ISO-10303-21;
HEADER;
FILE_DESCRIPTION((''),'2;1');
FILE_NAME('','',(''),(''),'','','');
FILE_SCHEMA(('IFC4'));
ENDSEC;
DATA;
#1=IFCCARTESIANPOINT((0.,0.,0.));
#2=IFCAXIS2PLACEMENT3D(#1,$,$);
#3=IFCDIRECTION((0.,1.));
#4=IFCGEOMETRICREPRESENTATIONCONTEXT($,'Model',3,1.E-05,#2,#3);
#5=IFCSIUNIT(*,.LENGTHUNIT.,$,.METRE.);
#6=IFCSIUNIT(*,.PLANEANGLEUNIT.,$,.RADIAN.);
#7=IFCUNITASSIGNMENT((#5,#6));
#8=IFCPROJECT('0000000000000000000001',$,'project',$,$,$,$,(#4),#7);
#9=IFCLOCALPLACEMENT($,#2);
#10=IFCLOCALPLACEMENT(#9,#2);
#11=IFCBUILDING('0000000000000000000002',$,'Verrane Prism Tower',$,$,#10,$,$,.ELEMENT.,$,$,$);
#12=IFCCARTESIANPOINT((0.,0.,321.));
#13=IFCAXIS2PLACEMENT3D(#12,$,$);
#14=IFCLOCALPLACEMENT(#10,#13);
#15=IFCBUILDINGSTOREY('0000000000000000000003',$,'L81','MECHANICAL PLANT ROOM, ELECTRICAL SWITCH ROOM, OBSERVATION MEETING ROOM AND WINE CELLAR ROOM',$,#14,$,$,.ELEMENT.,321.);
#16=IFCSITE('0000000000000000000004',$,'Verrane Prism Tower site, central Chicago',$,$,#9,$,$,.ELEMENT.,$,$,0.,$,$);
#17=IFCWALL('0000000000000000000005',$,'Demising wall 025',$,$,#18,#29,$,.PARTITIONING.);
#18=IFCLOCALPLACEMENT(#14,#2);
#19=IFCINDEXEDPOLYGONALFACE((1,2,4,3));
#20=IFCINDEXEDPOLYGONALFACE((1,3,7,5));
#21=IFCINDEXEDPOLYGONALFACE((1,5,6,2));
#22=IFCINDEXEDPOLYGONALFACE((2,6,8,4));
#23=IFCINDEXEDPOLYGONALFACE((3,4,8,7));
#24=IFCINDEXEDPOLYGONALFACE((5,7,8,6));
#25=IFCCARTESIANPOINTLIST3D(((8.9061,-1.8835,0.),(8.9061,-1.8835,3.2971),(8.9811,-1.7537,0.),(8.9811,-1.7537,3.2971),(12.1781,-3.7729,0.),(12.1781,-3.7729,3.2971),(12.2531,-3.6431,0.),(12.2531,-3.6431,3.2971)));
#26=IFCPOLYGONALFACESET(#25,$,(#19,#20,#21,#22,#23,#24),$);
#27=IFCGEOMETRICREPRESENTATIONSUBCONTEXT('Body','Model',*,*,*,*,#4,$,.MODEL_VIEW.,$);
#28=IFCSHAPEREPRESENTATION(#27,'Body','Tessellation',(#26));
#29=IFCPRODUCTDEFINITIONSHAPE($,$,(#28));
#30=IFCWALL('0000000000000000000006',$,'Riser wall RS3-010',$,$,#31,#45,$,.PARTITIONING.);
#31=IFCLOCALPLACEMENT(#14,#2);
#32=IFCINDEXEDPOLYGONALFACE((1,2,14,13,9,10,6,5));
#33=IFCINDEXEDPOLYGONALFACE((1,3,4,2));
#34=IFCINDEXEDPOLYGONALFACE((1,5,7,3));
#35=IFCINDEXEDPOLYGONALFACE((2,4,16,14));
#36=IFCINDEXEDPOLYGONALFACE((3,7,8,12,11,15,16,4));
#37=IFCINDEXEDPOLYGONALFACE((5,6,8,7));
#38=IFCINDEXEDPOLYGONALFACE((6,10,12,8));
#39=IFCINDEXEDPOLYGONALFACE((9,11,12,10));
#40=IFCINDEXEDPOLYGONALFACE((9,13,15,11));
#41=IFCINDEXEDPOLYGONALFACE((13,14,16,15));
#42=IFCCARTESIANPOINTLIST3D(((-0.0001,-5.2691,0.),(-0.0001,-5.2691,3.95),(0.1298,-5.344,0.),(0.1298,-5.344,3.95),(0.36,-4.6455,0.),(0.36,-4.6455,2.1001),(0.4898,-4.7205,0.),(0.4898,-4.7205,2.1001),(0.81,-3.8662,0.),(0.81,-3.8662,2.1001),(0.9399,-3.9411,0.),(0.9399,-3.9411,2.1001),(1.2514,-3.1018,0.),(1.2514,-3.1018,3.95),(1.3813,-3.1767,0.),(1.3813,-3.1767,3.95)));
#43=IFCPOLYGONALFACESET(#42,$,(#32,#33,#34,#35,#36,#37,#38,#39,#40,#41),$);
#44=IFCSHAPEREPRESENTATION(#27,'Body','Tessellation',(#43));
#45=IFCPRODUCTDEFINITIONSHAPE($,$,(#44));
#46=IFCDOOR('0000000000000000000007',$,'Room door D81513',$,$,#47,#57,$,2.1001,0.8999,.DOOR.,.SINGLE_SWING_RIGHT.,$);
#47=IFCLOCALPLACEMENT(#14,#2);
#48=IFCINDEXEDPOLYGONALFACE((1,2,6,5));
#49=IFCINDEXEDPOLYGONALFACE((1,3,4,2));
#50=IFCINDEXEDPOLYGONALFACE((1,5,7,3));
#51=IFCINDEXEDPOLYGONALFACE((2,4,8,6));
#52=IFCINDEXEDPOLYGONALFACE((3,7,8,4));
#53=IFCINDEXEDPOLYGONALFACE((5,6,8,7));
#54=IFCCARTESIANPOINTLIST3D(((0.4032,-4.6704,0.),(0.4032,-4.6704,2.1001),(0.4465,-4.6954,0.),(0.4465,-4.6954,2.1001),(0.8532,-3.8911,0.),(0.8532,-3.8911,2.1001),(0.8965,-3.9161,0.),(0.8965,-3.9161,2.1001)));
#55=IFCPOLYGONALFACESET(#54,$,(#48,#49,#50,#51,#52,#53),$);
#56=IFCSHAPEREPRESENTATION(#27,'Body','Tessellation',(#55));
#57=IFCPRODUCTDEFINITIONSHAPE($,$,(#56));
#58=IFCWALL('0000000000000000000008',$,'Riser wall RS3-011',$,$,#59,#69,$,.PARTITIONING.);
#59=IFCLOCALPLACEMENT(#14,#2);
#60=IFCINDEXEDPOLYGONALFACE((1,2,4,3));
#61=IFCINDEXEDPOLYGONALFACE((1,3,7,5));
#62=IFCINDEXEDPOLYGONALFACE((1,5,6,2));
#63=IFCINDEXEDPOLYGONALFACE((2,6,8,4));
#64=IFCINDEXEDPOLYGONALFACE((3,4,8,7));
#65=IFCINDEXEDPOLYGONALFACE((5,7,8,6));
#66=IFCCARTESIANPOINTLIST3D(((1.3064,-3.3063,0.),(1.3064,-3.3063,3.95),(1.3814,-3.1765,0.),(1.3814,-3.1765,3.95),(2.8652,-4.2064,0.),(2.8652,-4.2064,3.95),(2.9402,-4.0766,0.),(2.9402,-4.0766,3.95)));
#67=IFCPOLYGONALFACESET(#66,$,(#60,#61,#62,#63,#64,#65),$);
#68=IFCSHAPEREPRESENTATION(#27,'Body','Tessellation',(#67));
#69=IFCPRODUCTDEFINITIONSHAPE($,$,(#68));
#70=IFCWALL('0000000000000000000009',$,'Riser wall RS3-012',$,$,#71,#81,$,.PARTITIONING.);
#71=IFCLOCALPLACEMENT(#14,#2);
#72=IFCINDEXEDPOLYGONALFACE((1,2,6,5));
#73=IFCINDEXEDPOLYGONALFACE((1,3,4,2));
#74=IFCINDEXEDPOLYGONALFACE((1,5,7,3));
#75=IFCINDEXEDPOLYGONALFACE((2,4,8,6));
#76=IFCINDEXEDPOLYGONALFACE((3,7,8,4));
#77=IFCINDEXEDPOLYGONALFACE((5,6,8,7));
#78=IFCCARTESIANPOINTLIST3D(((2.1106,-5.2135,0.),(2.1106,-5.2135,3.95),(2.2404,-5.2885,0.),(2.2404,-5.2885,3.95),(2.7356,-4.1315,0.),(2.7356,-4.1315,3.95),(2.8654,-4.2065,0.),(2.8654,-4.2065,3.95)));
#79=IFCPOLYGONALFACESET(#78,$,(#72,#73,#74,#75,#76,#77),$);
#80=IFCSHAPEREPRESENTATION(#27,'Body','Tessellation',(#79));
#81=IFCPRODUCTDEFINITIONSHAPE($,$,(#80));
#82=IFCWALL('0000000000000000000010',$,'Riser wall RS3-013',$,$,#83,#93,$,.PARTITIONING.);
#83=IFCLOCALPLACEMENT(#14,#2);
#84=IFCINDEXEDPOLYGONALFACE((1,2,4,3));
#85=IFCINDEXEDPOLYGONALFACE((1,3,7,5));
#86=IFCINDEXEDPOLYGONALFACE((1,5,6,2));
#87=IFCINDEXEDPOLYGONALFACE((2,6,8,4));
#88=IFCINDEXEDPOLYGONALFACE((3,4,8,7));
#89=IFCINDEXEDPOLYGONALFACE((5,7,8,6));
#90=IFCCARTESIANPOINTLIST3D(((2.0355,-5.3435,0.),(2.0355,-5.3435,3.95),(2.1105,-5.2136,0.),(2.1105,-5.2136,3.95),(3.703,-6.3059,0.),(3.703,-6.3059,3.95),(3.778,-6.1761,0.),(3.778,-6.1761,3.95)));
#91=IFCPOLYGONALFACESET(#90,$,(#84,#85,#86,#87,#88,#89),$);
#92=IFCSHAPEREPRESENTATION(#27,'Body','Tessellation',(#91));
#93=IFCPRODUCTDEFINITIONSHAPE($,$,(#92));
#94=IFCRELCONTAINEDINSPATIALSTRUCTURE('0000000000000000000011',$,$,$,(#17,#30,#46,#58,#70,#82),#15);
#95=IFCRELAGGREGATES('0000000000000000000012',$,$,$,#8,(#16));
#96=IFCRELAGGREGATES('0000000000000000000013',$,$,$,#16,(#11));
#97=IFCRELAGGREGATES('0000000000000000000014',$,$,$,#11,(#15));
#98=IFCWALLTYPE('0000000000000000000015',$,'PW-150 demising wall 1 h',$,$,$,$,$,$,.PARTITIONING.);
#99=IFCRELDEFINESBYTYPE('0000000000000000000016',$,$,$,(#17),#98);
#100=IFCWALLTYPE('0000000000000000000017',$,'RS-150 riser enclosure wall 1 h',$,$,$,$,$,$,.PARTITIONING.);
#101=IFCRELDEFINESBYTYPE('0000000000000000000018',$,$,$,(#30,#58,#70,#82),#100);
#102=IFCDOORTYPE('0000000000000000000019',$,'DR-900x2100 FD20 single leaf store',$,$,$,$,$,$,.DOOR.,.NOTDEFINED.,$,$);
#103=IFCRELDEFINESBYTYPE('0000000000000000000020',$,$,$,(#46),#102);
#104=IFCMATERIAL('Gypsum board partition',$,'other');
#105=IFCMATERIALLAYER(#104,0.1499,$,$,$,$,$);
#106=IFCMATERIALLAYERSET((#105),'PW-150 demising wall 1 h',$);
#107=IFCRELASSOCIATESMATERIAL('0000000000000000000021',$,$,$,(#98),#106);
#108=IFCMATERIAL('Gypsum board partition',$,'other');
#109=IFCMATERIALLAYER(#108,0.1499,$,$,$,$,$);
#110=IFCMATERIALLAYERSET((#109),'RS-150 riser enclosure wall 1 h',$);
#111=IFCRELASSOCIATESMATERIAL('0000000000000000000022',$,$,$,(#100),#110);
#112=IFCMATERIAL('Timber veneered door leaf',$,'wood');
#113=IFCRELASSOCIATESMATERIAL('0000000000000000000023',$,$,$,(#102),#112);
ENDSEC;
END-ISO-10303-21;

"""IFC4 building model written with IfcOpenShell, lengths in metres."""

from ifc_helpers import new_model, si_unit, direction, frame, frame_2d, origin, place, context, subcontext, project, spatial, rectangle, extrude, material, layer, layer_set, type_object, element, fill, save


model = new_model("IFC4")

# Units and contexts
model_context = context("Model", 3, precision=1e-05, world=origin(), true_north=direction((0.0, 1.0)))
body_context = subcontext(model_context, "Body", "Model", "MODEL_VIEW")
ifc_project = project(units=[si_unit("LENGTHUNIT", "METRE"), si_unit("PLANEANGLEUNIT", "RADIAN")], contexts=[model_context])

# Site, building, storey
site_placement = place(None, origin())
site = spatial("IfcSite", under=ifc_project, at=site_placement, Name="Verrane Prism Tower site, central Chicago", CompositionType="ELEMENT", RefElevation=0.0)
building_placement = place(site_placement, origin())
building = spatial("IfcBuilding", under=site, at=building_placement, Name="Verrane Prism Tower", CompositionType="ELEMENT")
storey_placement = place(building_placement, frame((0.0, 0.0, 321.0)))
storey = spatial("IfcBuildingStorey", under=building, at=storey_placement, Name="L81", Description="MECHANICAL PLANT ROOM, ELECTRICAL SWITCH ROOM, OBSERVATION MEETING ROOM AND WINE CELLAR ROOM", CompositionType="ELEMENT", Elevation=321.0)

# Wall
ifc_material_1 = material(Name="Gypsum board partition", Category="other")
ifc_layer_1 = layer(ifc_material_1, 0.1499)
ifc_layer_set_1 = layer_set([ifc_layer_1], Name="PW-150 demising wall 1 h")
wall_type_1 = type_object("IfcWallType", Name="PW-150 demising wall 1 h", PredefinedType="PARTITIONING", material=ifc_layer_set_1)
wall_1_placement = place(storey_placement, frame((8.9436, -1.8186, 0.0), z_axis=(0.0, 0.0, 1.0), x_axis=(0.865988, -0.500066, 0.0)))
element("IfcWall", 1, at=wall_1_placement, inside=storey, type_object=wall_type_1, Name="Demising wall 025", PredefinedType="PARTITIONING", context=body_context, shape_type="SweptSolid", body=[
    extrude(rectangle(XDim=3.7783, YDim=0.1499, at=frame_2d((1.8892, 0.0))), origin(), (0.0, 0.0, 1.0), 3.2971),
])

# Wall, opening, door
ifc_material_2 = material(Name="Gypsum board partition", Category="other")
ifc_layer_2 = layer(ifc_material_2, 0.1499)
ifc_layer_set_2 = layer_set([ifc_layer_2], Name="RS-150 riser enclosure wall 1 h")
wall_type_2 = type_object("IfcWallType", Name="RS-150 riser enclosure wall 1 h", PredefinedType="PARTITIONING", material=ifc_layer_set_2)
wall_2_placement = place(storey_placement, frame((1.3164, -3.1392, 0.0), z_axis=(0.0, 0.0, 1.0), x_axis=(-0.500063, -0.865989, 0.0)))
wall_2 = element("IfcWall", 2, at=wall_2_placement, inside=storey, type_object=wall_type_2, Name="Riser wall RS3-010", PredefinedType="PARTITIONING", context=body_context, shape_type="SweptSolid", body=[
    extrude(rectangle(XDim=2.5027, YDim=0.1499, at=frame_2d((1.2515, 0.0))), origin(), (0.0, 0.0, 1.0), 3.95),
])
opening_placement = place(wall_2_placement, frame((0.8828, 0.0, 0.0)))
opening = element("IfcOpeningElement", 3, at=opening_placement, cuts=wall_2, PredefinedType="OPENING", context=body_context, shape_type="SweptSolid", body=[
    extrude(rectangle(XDim=0.8999, YDim=2.1001, at=frame_2d((0.45, 1.05))), frame((0.0, 0.085, 0.0), z_axis=(0.0, -1.0, 0.0), x_axis=(1.0, 0.0, 0.0)), (0.0, 0.0, 1.0), 0.1699),
])
ifc_material_3 = material(Name="Timber veneered door leaf", Category="wood")
door_type = type_object("IfcDoorType", Name="DR-900x2100 FD20 single leaf store", OperationType="NOTDEFINED", PredefinedType="DOOR", material=ifc_material_3)
door_placement = place(opening_placement, origin())
door = element("IfcDoor", 4, at=door_placement, inside=storey, type_object=door_type, Name="Room door D81513", OperationType="SINGLE_SWING_RIGHT", OverallHeight=2.1001, OverallWidth=0.8999, PredefinedType="DOOR", context=body_context, shape_type="SweptSolid", body=[
    extrude(rectangle(XDim=0.8999, YDim=2.1001, at=frame_2d((0.45, 1.05))), frame((0.0, 0.0249, 0.0), z_axis=(0.0, -1.0, 0.0), x_axis=(1.0, 0.0, 0.0)), (0.0, 0.0, 1.0), 0.05),
])
fill(opening, door)

# Walls
wall_3_placement = place(storey_placement, frame((1.344, -3.2415, 0.0), z_axis=(0.0, 0.0, 1.0), x_axis=(0.865989, -0.500063, 0.0)))
element("IfcWall", 5, at=wall_3_placement, inside=storey, type_object=wall_type_2, Name="Riser wall RS3-011", PredefinedType="PARTITIONING", context=body_context, shape_type="SweptSolid", body=[
    extrude(rectangle(XDim=1.8, YDim=0.1499, at=frame_2d((0.8999, 0.0))), origin(), (0.0, 0.0, 1.0), 3.95),
])
wall_4_placement = place(storey_placement, frame((2.1755, -5.251, 0.0), z_axis=(0.0, 0.0, 1.0), x_axis=(0.500173, 0.865925, 0.0)))
element("IfcWall", 6, at=wall_4_placement, inside=storey, type_object=wall_type_2, Name="Riser wall RS3-012", PredefinedType="PARTITIONING", context=body_context, shape_type="SweptSolid", body=[
    extrude(rectangle(XDim=1.2495, YDim=0.1499, at=frame_2d((0.6248, 0.0))), origin(), (0.0, 0.0, 1.0), 3.95),
])
wall_5_placement = place(storey_placement, frame((2.073, -5.2786, 0.0), z_axis=(0.0, 0.0, 1.0), x_axis=(0.866097, -0.499876, 0.0)))
element("IfcWall", 7, at=wall_5_placement, inside=storey, type_object=wall_type_2, Name="Riser wall RS3-013", PredefinedType="PARTITIONING", context=body_context, shape_type="SweptSolid", body=[
    extrude(rectangle(XDim=1.9253, YDim=0.1499, at=frame_2d((0.9626, 0.0))), origin(), (0.0, 0.0, 1.0), 3.95),
])

save(model, "model.ifc")
